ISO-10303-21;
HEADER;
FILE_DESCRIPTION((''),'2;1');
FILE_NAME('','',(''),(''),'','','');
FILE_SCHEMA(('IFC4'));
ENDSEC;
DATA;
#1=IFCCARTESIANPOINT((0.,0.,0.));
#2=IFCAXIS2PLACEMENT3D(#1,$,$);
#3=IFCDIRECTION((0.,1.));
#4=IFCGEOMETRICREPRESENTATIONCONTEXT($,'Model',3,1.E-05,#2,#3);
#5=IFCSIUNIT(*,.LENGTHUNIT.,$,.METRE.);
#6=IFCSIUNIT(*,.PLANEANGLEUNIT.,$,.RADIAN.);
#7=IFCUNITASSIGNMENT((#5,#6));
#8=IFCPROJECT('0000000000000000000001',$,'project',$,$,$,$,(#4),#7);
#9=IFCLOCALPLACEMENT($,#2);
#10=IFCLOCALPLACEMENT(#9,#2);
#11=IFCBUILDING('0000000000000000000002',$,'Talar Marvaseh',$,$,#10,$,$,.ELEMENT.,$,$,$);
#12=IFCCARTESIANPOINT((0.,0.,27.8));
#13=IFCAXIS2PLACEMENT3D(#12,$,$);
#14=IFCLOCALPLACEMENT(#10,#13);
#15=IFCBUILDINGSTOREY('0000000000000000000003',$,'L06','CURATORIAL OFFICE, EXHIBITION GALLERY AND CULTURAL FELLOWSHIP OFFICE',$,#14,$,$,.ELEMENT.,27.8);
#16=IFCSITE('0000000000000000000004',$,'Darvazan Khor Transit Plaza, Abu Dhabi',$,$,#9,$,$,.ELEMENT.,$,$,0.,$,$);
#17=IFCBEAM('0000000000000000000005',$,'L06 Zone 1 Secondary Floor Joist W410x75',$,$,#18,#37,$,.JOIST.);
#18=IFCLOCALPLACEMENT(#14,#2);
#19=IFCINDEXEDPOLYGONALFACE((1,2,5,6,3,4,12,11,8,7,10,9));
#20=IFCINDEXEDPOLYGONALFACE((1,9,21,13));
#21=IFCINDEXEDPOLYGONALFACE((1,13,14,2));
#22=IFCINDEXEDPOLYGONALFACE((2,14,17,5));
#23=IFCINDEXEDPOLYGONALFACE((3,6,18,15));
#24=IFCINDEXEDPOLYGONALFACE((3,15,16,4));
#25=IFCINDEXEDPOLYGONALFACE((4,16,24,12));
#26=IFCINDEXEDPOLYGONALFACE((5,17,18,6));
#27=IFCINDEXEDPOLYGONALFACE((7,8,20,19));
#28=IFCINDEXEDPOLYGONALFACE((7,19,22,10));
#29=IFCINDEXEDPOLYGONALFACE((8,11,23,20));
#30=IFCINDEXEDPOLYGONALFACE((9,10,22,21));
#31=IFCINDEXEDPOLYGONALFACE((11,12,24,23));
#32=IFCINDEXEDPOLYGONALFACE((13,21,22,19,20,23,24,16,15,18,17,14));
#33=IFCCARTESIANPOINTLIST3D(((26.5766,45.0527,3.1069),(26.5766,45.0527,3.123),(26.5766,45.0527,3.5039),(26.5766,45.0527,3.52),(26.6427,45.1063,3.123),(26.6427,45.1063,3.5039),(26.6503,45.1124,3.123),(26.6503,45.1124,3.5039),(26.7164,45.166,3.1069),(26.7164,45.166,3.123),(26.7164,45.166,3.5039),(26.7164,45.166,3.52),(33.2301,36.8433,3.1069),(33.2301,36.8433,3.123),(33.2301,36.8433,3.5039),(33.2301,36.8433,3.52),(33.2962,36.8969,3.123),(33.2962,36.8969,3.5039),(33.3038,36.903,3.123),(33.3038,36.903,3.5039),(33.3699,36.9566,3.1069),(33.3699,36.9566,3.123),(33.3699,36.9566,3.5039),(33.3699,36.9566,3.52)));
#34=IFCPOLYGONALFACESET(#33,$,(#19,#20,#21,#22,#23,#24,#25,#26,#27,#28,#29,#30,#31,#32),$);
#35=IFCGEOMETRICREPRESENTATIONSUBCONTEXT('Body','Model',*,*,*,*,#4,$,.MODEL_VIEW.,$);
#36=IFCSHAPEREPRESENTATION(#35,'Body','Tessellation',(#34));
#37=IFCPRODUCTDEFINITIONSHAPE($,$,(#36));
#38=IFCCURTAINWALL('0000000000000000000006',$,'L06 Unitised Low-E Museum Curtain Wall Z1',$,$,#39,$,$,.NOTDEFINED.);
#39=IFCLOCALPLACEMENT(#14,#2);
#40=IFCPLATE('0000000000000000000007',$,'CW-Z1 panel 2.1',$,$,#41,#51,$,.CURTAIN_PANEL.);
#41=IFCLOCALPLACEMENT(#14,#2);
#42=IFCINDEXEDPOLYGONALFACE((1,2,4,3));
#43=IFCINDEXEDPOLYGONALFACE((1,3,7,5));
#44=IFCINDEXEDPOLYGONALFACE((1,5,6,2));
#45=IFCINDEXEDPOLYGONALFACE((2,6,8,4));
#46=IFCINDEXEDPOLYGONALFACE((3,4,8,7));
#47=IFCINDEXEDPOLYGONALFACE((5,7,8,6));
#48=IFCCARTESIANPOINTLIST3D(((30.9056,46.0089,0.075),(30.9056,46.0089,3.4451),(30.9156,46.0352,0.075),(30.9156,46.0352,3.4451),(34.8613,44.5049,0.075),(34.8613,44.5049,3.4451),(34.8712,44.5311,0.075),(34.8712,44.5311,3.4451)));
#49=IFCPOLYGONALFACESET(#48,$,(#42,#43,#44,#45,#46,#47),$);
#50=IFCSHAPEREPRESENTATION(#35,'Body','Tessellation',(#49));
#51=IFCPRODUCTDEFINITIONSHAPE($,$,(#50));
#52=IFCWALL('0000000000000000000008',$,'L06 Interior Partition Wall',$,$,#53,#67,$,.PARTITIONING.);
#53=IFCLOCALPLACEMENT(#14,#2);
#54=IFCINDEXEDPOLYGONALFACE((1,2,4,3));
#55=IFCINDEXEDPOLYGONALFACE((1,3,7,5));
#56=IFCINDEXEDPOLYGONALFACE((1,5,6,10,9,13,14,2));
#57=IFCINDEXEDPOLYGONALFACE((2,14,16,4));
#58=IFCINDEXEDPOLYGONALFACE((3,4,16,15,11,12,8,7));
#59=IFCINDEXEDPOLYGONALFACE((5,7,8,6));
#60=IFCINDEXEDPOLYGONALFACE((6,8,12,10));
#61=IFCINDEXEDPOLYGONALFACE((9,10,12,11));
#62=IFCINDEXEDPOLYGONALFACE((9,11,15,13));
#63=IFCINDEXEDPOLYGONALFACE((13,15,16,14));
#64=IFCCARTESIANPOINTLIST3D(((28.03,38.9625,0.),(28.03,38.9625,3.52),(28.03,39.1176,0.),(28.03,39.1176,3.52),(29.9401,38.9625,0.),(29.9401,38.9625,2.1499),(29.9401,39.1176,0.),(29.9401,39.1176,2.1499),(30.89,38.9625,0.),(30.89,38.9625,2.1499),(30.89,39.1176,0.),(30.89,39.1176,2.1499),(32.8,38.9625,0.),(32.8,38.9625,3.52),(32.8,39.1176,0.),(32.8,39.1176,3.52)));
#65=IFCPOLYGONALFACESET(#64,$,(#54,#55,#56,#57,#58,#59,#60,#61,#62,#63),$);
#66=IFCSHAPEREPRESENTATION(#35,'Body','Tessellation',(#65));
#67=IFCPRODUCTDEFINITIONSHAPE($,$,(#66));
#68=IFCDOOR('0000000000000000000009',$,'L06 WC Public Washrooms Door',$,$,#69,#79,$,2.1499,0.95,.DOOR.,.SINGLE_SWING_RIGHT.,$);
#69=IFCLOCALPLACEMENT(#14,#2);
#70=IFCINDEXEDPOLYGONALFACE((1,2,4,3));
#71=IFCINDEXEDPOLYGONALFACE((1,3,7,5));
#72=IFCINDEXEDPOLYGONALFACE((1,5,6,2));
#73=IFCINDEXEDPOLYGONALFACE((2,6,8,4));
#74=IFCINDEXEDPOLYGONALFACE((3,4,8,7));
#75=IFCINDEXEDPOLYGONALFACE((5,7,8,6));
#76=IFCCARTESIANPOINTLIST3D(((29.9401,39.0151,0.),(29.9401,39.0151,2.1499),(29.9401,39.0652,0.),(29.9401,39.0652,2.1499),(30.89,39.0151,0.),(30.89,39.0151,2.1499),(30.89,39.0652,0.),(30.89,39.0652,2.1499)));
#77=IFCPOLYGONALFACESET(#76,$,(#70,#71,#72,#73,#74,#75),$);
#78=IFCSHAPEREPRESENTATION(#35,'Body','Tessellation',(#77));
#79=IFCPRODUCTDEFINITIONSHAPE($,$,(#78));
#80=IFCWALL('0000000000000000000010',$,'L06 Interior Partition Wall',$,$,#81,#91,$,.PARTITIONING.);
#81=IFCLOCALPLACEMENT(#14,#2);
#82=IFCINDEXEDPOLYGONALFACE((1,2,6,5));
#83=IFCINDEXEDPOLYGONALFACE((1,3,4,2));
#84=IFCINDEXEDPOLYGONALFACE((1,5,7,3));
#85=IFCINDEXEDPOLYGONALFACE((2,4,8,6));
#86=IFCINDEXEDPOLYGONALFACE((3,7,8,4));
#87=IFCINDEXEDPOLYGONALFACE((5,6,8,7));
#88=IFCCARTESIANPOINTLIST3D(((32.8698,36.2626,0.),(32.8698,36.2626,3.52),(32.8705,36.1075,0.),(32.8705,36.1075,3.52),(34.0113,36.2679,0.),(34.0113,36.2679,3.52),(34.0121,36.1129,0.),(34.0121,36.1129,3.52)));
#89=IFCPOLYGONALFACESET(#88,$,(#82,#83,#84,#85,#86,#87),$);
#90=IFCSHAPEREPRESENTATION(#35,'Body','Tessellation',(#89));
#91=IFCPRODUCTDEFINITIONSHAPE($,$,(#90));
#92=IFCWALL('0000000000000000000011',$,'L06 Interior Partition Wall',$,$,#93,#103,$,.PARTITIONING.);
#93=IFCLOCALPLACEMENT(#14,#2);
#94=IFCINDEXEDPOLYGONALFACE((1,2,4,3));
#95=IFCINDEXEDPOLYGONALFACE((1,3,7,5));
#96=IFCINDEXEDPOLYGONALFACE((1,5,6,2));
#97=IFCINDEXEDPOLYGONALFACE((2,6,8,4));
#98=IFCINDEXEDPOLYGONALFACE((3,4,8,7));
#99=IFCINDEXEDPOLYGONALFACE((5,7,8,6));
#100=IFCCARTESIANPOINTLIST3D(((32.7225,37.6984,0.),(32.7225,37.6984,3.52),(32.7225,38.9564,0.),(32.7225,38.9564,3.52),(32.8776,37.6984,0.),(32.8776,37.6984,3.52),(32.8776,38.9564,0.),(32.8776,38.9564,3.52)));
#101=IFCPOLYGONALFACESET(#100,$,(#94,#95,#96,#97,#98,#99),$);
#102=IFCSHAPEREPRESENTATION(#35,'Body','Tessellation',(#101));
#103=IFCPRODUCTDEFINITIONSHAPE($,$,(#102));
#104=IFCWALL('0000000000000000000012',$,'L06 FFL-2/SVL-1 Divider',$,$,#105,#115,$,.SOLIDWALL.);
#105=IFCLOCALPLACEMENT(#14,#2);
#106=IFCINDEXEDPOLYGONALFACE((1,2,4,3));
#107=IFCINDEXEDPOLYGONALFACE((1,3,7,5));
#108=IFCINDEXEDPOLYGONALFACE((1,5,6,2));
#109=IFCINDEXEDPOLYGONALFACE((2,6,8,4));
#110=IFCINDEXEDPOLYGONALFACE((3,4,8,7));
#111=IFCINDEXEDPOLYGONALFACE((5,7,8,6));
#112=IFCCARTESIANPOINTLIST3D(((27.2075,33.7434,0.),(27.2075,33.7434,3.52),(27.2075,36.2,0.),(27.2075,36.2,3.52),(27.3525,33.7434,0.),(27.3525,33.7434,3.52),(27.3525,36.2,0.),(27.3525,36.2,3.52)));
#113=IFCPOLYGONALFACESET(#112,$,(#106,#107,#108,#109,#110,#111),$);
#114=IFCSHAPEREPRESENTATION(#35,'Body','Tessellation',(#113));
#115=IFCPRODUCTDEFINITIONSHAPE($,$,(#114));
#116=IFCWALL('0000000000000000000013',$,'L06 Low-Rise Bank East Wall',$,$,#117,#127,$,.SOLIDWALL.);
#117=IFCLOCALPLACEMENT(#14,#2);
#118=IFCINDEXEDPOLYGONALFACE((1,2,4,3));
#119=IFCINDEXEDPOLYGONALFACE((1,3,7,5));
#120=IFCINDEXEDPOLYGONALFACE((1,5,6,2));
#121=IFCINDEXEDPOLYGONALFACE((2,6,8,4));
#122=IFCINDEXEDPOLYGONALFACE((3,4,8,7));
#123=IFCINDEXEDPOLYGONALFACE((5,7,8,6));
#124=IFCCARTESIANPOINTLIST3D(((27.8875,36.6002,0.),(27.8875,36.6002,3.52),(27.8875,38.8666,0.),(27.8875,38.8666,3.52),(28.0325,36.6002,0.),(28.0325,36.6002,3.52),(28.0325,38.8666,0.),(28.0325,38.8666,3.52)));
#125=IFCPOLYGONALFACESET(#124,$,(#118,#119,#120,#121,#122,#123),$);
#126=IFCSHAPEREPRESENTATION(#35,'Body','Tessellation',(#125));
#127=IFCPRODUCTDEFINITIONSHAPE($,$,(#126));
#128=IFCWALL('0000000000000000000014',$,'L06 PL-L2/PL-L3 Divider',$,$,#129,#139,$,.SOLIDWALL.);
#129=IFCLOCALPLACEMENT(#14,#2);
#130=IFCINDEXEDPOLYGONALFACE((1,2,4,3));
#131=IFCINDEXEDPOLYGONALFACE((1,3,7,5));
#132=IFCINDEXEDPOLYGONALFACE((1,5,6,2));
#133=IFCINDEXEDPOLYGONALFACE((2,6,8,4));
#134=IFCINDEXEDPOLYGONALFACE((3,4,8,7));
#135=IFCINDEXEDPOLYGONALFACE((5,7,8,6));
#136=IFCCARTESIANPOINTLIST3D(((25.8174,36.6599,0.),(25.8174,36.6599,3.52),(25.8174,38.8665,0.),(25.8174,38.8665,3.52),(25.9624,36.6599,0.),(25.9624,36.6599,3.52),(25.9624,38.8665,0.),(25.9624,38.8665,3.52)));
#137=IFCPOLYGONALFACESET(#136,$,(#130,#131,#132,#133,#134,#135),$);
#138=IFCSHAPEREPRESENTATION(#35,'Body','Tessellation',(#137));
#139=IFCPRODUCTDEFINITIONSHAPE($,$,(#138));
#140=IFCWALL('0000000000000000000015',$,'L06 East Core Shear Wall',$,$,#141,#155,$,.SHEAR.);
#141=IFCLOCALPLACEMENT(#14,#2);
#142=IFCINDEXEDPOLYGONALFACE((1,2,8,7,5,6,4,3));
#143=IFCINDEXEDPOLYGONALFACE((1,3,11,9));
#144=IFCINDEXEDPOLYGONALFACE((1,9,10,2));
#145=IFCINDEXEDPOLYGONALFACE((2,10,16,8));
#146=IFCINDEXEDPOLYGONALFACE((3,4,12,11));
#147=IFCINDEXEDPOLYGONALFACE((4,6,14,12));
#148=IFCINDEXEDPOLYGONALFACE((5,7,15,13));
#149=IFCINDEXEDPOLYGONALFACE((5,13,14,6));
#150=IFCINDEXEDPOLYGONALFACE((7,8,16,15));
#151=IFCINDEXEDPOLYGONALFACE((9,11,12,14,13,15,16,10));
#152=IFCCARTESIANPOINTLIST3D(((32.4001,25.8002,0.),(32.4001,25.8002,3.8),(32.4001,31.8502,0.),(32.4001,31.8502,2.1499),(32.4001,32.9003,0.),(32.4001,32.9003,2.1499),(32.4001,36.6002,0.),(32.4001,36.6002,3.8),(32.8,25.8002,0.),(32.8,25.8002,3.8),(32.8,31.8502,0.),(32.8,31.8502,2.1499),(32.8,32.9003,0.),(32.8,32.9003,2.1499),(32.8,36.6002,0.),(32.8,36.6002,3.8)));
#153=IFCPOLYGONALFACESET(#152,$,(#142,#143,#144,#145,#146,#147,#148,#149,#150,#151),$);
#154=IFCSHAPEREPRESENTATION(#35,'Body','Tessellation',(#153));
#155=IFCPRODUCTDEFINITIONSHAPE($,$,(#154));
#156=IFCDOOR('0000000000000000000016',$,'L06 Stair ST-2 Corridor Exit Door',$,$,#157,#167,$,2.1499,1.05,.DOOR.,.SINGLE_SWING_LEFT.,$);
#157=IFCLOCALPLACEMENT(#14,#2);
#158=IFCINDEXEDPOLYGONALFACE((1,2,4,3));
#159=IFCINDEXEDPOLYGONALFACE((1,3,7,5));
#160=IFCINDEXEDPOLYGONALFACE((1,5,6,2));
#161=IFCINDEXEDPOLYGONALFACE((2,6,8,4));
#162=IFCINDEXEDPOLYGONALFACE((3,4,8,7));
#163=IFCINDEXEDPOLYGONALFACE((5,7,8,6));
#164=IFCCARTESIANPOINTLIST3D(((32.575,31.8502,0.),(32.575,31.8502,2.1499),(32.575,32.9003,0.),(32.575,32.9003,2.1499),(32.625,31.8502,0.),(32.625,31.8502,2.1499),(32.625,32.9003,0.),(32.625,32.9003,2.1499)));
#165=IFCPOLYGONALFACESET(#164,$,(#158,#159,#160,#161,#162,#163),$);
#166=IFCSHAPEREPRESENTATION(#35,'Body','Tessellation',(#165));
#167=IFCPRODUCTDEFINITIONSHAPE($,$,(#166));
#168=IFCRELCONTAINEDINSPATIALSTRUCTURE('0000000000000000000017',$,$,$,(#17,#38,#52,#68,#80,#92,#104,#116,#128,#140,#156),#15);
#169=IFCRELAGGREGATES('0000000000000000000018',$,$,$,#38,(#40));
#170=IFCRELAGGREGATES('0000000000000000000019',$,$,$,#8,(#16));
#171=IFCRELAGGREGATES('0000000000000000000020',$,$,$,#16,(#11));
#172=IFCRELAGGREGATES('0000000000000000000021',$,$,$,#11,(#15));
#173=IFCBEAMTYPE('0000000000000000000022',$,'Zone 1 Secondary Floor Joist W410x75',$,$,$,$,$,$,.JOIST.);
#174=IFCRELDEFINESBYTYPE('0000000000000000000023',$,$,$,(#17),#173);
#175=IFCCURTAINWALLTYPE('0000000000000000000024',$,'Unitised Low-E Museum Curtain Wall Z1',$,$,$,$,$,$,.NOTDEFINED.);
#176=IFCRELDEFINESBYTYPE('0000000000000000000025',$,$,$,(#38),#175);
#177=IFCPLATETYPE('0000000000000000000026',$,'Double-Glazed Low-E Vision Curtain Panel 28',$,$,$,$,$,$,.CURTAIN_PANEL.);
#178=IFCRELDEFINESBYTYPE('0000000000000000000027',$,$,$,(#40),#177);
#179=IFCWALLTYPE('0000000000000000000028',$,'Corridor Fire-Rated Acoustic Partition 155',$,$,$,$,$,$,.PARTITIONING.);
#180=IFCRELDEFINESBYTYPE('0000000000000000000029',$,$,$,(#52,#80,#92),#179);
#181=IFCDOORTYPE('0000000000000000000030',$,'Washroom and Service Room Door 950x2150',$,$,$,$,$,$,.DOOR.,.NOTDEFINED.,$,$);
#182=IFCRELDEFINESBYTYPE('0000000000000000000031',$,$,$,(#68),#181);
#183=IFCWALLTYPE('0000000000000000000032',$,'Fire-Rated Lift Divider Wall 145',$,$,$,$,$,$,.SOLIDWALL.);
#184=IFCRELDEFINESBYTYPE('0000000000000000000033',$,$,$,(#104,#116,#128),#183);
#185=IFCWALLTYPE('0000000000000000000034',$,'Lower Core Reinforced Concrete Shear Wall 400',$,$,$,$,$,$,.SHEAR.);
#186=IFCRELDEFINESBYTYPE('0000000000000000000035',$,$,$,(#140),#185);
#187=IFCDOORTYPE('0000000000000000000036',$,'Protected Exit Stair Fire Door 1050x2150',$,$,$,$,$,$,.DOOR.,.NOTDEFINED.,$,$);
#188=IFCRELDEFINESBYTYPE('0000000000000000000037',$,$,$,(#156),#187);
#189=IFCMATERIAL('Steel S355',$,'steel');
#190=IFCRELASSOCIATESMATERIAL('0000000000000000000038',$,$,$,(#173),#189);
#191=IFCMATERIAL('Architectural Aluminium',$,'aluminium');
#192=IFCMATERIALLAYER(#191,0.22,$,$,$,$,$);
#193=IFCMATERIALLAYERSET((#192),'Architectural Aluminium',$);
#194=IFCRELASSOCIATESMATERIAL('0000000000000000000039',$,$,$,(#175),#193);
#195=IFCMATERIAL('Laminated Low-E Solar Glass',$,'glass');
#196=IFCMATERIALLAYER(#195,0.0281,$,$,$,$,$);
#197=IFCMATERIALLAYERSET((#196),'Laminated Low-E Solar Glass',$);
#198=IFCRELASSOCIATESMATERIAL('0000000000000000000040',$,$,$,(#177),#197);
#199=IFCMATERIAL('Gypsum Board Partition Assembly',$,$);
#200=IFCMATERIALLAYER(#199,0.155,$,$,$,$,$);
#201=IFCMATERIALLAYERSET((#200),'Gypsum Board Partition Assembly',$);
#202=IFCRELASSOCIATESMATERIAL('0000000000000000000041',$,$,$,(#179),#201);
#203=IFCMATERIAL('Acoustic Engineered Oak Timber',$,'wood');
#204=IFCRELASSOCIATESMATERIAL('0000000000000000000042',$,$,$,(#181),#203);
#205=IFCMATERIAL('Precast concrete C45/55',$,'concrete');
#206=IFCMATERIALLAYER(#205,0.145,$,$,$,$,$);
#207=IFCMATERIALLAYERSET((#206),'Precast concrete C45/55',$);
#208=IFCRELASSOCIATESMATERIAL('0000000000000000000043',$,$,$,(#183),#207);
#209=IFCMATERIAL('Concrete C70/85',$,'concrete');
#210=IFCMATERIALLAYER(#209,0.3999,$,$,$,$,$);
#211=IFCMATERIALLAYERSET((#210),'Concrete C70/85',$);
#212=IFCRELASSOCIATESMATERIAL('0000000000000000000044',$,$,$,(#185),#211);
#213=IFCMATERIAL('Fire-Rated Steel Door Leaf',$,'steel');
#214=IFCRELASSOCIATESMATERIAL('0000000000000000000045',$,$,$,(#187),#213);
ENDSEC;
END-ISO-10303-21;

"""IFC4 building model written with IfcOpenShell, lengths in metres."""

from ifc_helpers import new_model, si_unit, direction, frame, frame_2d, origin, origin_2d, place, context, subcontext, project, spatial, rectangle, i_section, extrude, source, transform, mapped, material, layer, layer_set, material_profile, profile_set, type_object, type_shapes, element, fill, aggregate, save


model = new_model("IFC4")

# Units and contexts
model_context = context("Model", 3, precision=1e-05, world=origin(), true_north=direction((0.0, 1.0)))
body_context = subcontext(model_context, "Body", "Model", "MODEL_VIEW")
ifc_project = project(units=[si_unit("LENGTHUNIT", "METRE"), si_unit("PLANEANGLEUNIT", "RADIAN")], contexts=[model_context])

# Site, building, storey
site_placement = place(None, origin())
site = spatial("IfcSite", under=ifc_project, at=site_placement, Name="Darvazan Khor Transit Plaza, Abu Dhabi", CompositionType="ELEMENT", RefElevation=0.0)
building_placement = place(site_placement, origin())
building = spatial("IfcBuilding", under=site, at=building_placement, Name="Talar Marvaseh", CompositionType="ELEMENT")
storey_placement = place(building_placement, frame((0.0, 0.0, 27.8)))
storey = spatial("IfcBuildingStorey", under=building, at=storey_placement, Name="L06", Description="CURATORIAL OFFICE, EXHIBITION GALLERY AND CULTURAL FELLOWSHIP OFFICE", CompositionType="ELEMENT", Elevation=27.8)

# Beam
ifc_material_1 = material(Name="Steel S355", Category="steel")
ifc_material_profile = material_profile(ifc_material_1, i_section(OverallWidth=0.1799, OverallDepth=0.4131, WebThickness=0.0098, FlangeThickness=0.0161, at=origin_2d()), Name="W410x75")
ifc_profile_set = profile_set([ifc_material_profile], Name="Steel S355")
beam_type = type_object("IfcBeamType", Name="Zone 1 Secondary Floor Joist W410x75", PredefinedType="JOIST", material=ifc_profile_set)
beam_placement = place(storey_placement, frame((26.6465, 45.1094, 3.3135), z_axis=(0.629644, -0.776884, 0.0), x_axis=(0.776884, 0.629644, 0.0)))
element("IfcBeam", 1, at=beam_placement, inside=storey, type_object=beam_type, Name="L06 Zone 1 Secondary Floor Joist W410x75", PredefinedType="JOIST", context=body_context, shape_type="SweptSolid", body=[
    extrude(i_section(OverallWidth=0.1799, OverallDepth=0.4131, WebThickness=0.0098, FlangeThickness=0.0161, at=origin_2d()), origin(), (0.0, 0.0, 1.0), 10.5671),
])

# Curtain wall, plate
ifc_material_2 = material(Name="Architectural Aluminium", Category="aluminium")
ifc_layer_1 = layer(ifc_material_2, 0.22)
ifc_layer_set_1 = layer_set([ifc_layer_1], Name="Architectural Aluminium")
curtain_wall_type = type_object("IfcCurtainWallType", Name="Unitised Low-E Museum Curtain Wall Z1", PredefinedType="NOTDEFINED", material=ifc_layer_set_1)
curtain_wall_placement = place(storey_placement, origin())
curtain_wall = element("IfcCurtainWall", 2, at=curtain_wall_placement, inside=storey, type_object=curtain_wall_type, Name="L06 Unitised Low-E Museum Curtain Wall Z1", PredefinedType="NOTDEFINED")
ifc_material_3 = material(Name="Laminated Low-E Solar Glass", Category="glass")
ifc_layer_2 = layer(ifc_material_3, 0.0281)
ifc_layer_set_2 = layer_set([ifc_layer_2], Name="Laminated Low-E Solar Glass")
plate_type = type_object("IfcPlateType", Name="Double-Glazed Low-E Vision Curtain Panel 28", PredefinedType="CURTAIN_PANEL", material=ifc_layer_set_2)
shared_shape_1 = source(origin(), body_context, "Body", "SweptSolid", [
    extrude(rectangle(XDim=4.2319, YDim=0.0281, at=origin_2d()), origin(), (0.0, 0.0, 1.0), 3.3701),
])
type_shapes(plate_type, [shared_shape_1])
plate_placement = place(storey_placement, frame((32.8884, 45.27, 0.075), z_axis=(0.0, 0.0, 1.0), x_axis=(0.934714, -0.3554, 0.0)))
plate = element("IfcPlate", 3, at=plate_placement, type_object=plate_type, Name="CW-Z1 panel 2.1", PredefinedType="CURTAIN_PANEL", context=body_context, shape_type="MappedRepresentation", body=[
    mapped(shared_shape_1, transform((0.0, 0.0, 0.0), x_axis=(1.0, 0.0, 0.0), y_axis=(0.0, 1.0, 0.0), z_axis=(0.0, 0.0, 1.0), scale=1.0)),
])
aggregate(curtain_wall, [plate])

# Wall, opening, door
ifc_material_4 = material(Name="Gypsum Board Partition Assembly")
ifc_layer_3 = layer(ifc_material_4, 0.155)
ifc_layer_set_3 = layer_set([ifc_layer_3], Name="Gypsum Board Partition Assembly")
wall_type_1 = type_object("IfcWallType", Name="Corridor Fire-Rated Acoustic Partition 155", PredefinedType="PARTITIONING", material=ifc_layer_set_3)
wall_1_placement = place(storey_placement, frame((32.8, 39.04, 0.0), z_axis=(0.0, 0.0, 1.0), x_axis=(-1.0, 0.0, 0.0)))
wall_1 = element("IfcWall", 4, at=wall_1_placement, inside=storey, type_object=wall_type_1, Name="L06 Interior Partition Wall", PredefinedType="PARTITIONING", context=body_context, shape_type="SweptSolid", body=[
    extrude(rectangle(XDim=4.77, YDim=0.155, at=frame_2d((2.385, 0.0))), origin(), (0.0, 0.0, 1.0), 3.52),
])
opening_1_placement = place(wall_1_placement, frame((1.9099, 0.0, 0.0)))
opening_1 = element("IfcOpeningElement", 5, at=opening_1_placement, cuts=wall_1, PredefinedType="OPENING", context=body_context, shape_type="SweptSolid", body=[
    extrude(rectangle(XDim=0.95, YDim=2.1499, at=frame_2d((0.4751, 1.075))), frame((0.0, 0.0874, 0.0), z_axis=(0.0, -1.0, 0.0), x_axis=(1.0, 0.0, 0.0)), (0.0, 0.0, 1.0), 0.175),
])
ifc_material_5 = material(Name="Acoustic Engineered Oak Timber", Category="wood")
door_type_1 = type_object("IfcDoorType", Name="Washroom and Service Room Door 950x2150", OperationType="NOTDEFINED", PredefinedType="DOOR", material=ifc_material_5)
shared_shape_2 = source(origin(), body_context, "Body", "SweptSolid", [
    extrude(rectangle(XDim=0.95, YDim=2.1499, at=frame_2d((0.4751, 1.075))), frame((0.0, 0.0249, 0.0), z_axis=(0.0, -1.0, 0.0), x_axis=(1.0, 0.0, 0.0)), (0.0, 0.0, 1.0), 0.05),
])
type_shapes(door_type_1, [shared_shape_2])
door_1_placement = place(opening_1_placement, origin())
door_1 = element("IfcDoor", 6, at=door_1_placement, inside=storey, type_object=door_type_1, Name="L06 WC Public Washrooms Door", OperationType="SINGLE_SWING_RIGHT", OverallHeight=2.1499, OverallWidth=0.95, PredefinedType="DOOR", context=body_context, shape_type="MappedRepresentation", body=[
    mapped(shared_shape_2, transform((0.0, 0.0, 0.0), x_axis=(1.0, 0.0, 0.0), y_axis=(0.0, 1.0, 0.0), z_axis=(0.0, 0.0, 1.0), scale=1.0)),
])
fill(opening_1, door_1)

# Walls
wall_2_placement = place(storey_placement, frame((32.8701, 36.1851, 0.0), z_axis=(0.0, 0.0, 1.0), x_axis=(0.999989, 0.004705, 0.0)))
element("IfcWall", 7, at=wall_2_placement, inside=storey, type_object=wall_type_1, Name="L06 Interior Partition Wall", PredefinedType="PARTITIONING", context=body_context, shape_type="SweptSolid", body=[
    extrude(rectangle(XDim=1.1416, YDim=0.155, at=frame_2d((0.5708, 0.0))), origin(), (0.0, 0.0, 1.0), 3.52),
])
wall_3_placement = place(storey_placement, frame((32.8, 37.6985, 0.0), z_axis=(0.0, 0.0, 1.0), x_axis=(0.0, 1.0, 0.0)))
element("IfcWall", 8, at=wall_3_placement, inside=storey, type_object=wall_type_1, Name="L06 Interior Partition Wall", PredefinedType="PARTITIONING", context=body_context, shape_type="SweptSolid", body=[
    extrude(rectangle(XDim=1.2581, YDim=0.155, at=frame_2d((0.6289, 0.0))), origin(), (0.0, 0.0, 1.0), 3.52),
])
ifc_material_6 = material(Name="Precast concrete C45/55", Category="concrete")
ifc_layer_4 = layer(ifc_material_6, 0.145)
ifc_layer_set_4 = layer_set([ifc_layer_4], Name="Precast concrete C45/55")
wall_type_2 = type_object("IfcWallType", Name="Fire-Rated Lift Divider Wall 145", PredefinedType="SOLIDWALL", material=ifc_layer_set_4)
wall_4_placement = place(storey_placement, frame((27.28, 33.7434, 0.0), z_axis=(0.0, 0.0, 1.0), x_axis=(0.0, 1.0, 0.0)))
element("IfcWall", 9, at=wall_4_placement, inside=storey, type_object=wall_type_2, Name="L06 FFL-2/SVL-1 Divider", PredefinedType="SOLIDWALL", context=body_context, shape_type="SweptSolid", body=[
    extrude(rectangle(XDim=2.4565, YDim=0.145, at=frame_2d((1.2283, 0.0))), origin(), (0.0, 0.0, 1.0), 3.52),
])
wall_5_placement = place(storey_placement, frame((27.96, 36.6001, 0.0), z_axis=(0.0, 0.0, 1.0), x_axis=(0.0, 1.0, 0.0)))
element("IfcWall", 10, at=wall_5_placement, inside=storey, type_object=wall_type_2, Name="L06 Low-Rise Bank East Wall", PredefinedType="SOLIDWALL", context=body_context, shape_type="SweptSolid", body=[
    extrude(rectangle(XDim=2.2664, YDim=0.145, at=frame_2d((1.1333, 0.0))), origin(), (0.0, 0.0, 1.0), 3.52),
])
wall_6_placement = place(storey_placement, frame((25.8899, 36.6599, 0.0), z_axis=(0.0, 0.0, 1.0), x_axis=(0.0, 1.0, 0.0)))
element("IfcWall", 11, at=wall_6_placement, inside=storey, type_object=wall_type_2, Name="L06 PL-L2/PL-L3 Divider", PredefinedType="SOLIDWALL", context=body_context, shape_type="SweptSolid", body=[
    extrude(rectangle(XDim=2.2065, YDim=0.145, at=frame_2d((1.1033, 0.0))), origin(), (0.0, 0.0, 1.0), 3.52),
])

# Wall, opening, door
ifc_material_7 = material(Name="Concrete C70/85", Category="concrete")
ifc_layer_5 = layer(ifc_material_7, 0.3999)
ifc_layer_set_5 = layer_set([ifc_layer_5], Name="Concrete C70/85")
wall_type_3 = type_object("IfcWallType", Name="Lower Core Reinforced Concrete Shear Wall 400", PredefinedType="SHEAR", material=ifc_layer_set_5)
wall_7_placement = place(storey_placement, frame((32.6001, 36.6001, 0.0), z_axis=(0.0, 0.0, 1.0), x_axis=(0.0, -1.0, 0.0)))
wall_7 = element("IfcWall", 12, at=wall_7_placement, inside=storey, type_object=wall_type_3, Name="L06 East Core Shear Wall", PredefinedType="SHEAR", context=body_context, shape_type="SweptSolid", body=[
    extrude(rectangle(XDim=10.8, YDim=0.3999, at=frame_2d((5.3999, 0.0))), origin(), (0.0, 0.0, 1.0), 3.8),
])
opening_2_placement = place(wall_7_placement, frame((3.7, 0.0, 0.0)))
opening_2 = element("IfcOpeningElement", 13, at=opening_2_placement, cuts=wall_7, PredefinedType="OPENING", context=body_context, shape_type="SweptSolid", body=[
    extrude(rectangle(XDim=1.05, YDim=2.1499, at=frame_2d((0.5249, 1.075))), frame((0.0, 0.21, 0.0), z_axis=(0.0, -1.0, 0.0), x_axis=(1.0, 0.0, 0.0)), (0.0, 0.0, 1.0), 0.4199),
])
ifc_material_8 = material(Name="Fire-Rated Steel Door Leaf", Category="steel")
door_type_2 = type_object("IfcDoorType", Name="Protected Exit Stair Fire Door 1050x2150", OperationType="NOTDEFINED", PredefinedType="DOOR", material=ifc_material_8)
shared_shape_3 = source(origin(), body_context, "Body", "SweptSolid", [
    extrude(rectangle(XDim=1.05, YDim=2.1499, at=frame_2d((0.5249, 1.075))), frame((0.0, 0.0249, 0.0), z_axis=(0.0, -1.0, 0.0), x_axis=(1.0, 0.0, 0.0)), (0.0, 0.0, 1.0), 0.05),
])
type_shapes(door_type_2, [shared_shape_3])
door_2_placement = place(opening_2_placement, origin())
door_2 = element("IfcDoor", 14, at=door_2_placement, inside=storey, type_object=door_type_2, Name="L06 Stair ST-2 Corridor Exit Door", OperationType="SINGLE_SWING_LEFT", OverallHeight=2.1499, OverallWidth=1.05, PredefinedType="DOOR", context=body_context, shape_type="MappedRepresentation", body=[
    mapped(shared_shape_3, transform((0.0, 0.0, 0.0), x_axis=(1.0, 0.0, 0.0), y_axis=(0.0, 1.0, 0.0), z_axis=(0.0, 0.0, 1.0), scale=1.0)),
])
fill(opening_2, door_2)

save(model, "model.ifc")
